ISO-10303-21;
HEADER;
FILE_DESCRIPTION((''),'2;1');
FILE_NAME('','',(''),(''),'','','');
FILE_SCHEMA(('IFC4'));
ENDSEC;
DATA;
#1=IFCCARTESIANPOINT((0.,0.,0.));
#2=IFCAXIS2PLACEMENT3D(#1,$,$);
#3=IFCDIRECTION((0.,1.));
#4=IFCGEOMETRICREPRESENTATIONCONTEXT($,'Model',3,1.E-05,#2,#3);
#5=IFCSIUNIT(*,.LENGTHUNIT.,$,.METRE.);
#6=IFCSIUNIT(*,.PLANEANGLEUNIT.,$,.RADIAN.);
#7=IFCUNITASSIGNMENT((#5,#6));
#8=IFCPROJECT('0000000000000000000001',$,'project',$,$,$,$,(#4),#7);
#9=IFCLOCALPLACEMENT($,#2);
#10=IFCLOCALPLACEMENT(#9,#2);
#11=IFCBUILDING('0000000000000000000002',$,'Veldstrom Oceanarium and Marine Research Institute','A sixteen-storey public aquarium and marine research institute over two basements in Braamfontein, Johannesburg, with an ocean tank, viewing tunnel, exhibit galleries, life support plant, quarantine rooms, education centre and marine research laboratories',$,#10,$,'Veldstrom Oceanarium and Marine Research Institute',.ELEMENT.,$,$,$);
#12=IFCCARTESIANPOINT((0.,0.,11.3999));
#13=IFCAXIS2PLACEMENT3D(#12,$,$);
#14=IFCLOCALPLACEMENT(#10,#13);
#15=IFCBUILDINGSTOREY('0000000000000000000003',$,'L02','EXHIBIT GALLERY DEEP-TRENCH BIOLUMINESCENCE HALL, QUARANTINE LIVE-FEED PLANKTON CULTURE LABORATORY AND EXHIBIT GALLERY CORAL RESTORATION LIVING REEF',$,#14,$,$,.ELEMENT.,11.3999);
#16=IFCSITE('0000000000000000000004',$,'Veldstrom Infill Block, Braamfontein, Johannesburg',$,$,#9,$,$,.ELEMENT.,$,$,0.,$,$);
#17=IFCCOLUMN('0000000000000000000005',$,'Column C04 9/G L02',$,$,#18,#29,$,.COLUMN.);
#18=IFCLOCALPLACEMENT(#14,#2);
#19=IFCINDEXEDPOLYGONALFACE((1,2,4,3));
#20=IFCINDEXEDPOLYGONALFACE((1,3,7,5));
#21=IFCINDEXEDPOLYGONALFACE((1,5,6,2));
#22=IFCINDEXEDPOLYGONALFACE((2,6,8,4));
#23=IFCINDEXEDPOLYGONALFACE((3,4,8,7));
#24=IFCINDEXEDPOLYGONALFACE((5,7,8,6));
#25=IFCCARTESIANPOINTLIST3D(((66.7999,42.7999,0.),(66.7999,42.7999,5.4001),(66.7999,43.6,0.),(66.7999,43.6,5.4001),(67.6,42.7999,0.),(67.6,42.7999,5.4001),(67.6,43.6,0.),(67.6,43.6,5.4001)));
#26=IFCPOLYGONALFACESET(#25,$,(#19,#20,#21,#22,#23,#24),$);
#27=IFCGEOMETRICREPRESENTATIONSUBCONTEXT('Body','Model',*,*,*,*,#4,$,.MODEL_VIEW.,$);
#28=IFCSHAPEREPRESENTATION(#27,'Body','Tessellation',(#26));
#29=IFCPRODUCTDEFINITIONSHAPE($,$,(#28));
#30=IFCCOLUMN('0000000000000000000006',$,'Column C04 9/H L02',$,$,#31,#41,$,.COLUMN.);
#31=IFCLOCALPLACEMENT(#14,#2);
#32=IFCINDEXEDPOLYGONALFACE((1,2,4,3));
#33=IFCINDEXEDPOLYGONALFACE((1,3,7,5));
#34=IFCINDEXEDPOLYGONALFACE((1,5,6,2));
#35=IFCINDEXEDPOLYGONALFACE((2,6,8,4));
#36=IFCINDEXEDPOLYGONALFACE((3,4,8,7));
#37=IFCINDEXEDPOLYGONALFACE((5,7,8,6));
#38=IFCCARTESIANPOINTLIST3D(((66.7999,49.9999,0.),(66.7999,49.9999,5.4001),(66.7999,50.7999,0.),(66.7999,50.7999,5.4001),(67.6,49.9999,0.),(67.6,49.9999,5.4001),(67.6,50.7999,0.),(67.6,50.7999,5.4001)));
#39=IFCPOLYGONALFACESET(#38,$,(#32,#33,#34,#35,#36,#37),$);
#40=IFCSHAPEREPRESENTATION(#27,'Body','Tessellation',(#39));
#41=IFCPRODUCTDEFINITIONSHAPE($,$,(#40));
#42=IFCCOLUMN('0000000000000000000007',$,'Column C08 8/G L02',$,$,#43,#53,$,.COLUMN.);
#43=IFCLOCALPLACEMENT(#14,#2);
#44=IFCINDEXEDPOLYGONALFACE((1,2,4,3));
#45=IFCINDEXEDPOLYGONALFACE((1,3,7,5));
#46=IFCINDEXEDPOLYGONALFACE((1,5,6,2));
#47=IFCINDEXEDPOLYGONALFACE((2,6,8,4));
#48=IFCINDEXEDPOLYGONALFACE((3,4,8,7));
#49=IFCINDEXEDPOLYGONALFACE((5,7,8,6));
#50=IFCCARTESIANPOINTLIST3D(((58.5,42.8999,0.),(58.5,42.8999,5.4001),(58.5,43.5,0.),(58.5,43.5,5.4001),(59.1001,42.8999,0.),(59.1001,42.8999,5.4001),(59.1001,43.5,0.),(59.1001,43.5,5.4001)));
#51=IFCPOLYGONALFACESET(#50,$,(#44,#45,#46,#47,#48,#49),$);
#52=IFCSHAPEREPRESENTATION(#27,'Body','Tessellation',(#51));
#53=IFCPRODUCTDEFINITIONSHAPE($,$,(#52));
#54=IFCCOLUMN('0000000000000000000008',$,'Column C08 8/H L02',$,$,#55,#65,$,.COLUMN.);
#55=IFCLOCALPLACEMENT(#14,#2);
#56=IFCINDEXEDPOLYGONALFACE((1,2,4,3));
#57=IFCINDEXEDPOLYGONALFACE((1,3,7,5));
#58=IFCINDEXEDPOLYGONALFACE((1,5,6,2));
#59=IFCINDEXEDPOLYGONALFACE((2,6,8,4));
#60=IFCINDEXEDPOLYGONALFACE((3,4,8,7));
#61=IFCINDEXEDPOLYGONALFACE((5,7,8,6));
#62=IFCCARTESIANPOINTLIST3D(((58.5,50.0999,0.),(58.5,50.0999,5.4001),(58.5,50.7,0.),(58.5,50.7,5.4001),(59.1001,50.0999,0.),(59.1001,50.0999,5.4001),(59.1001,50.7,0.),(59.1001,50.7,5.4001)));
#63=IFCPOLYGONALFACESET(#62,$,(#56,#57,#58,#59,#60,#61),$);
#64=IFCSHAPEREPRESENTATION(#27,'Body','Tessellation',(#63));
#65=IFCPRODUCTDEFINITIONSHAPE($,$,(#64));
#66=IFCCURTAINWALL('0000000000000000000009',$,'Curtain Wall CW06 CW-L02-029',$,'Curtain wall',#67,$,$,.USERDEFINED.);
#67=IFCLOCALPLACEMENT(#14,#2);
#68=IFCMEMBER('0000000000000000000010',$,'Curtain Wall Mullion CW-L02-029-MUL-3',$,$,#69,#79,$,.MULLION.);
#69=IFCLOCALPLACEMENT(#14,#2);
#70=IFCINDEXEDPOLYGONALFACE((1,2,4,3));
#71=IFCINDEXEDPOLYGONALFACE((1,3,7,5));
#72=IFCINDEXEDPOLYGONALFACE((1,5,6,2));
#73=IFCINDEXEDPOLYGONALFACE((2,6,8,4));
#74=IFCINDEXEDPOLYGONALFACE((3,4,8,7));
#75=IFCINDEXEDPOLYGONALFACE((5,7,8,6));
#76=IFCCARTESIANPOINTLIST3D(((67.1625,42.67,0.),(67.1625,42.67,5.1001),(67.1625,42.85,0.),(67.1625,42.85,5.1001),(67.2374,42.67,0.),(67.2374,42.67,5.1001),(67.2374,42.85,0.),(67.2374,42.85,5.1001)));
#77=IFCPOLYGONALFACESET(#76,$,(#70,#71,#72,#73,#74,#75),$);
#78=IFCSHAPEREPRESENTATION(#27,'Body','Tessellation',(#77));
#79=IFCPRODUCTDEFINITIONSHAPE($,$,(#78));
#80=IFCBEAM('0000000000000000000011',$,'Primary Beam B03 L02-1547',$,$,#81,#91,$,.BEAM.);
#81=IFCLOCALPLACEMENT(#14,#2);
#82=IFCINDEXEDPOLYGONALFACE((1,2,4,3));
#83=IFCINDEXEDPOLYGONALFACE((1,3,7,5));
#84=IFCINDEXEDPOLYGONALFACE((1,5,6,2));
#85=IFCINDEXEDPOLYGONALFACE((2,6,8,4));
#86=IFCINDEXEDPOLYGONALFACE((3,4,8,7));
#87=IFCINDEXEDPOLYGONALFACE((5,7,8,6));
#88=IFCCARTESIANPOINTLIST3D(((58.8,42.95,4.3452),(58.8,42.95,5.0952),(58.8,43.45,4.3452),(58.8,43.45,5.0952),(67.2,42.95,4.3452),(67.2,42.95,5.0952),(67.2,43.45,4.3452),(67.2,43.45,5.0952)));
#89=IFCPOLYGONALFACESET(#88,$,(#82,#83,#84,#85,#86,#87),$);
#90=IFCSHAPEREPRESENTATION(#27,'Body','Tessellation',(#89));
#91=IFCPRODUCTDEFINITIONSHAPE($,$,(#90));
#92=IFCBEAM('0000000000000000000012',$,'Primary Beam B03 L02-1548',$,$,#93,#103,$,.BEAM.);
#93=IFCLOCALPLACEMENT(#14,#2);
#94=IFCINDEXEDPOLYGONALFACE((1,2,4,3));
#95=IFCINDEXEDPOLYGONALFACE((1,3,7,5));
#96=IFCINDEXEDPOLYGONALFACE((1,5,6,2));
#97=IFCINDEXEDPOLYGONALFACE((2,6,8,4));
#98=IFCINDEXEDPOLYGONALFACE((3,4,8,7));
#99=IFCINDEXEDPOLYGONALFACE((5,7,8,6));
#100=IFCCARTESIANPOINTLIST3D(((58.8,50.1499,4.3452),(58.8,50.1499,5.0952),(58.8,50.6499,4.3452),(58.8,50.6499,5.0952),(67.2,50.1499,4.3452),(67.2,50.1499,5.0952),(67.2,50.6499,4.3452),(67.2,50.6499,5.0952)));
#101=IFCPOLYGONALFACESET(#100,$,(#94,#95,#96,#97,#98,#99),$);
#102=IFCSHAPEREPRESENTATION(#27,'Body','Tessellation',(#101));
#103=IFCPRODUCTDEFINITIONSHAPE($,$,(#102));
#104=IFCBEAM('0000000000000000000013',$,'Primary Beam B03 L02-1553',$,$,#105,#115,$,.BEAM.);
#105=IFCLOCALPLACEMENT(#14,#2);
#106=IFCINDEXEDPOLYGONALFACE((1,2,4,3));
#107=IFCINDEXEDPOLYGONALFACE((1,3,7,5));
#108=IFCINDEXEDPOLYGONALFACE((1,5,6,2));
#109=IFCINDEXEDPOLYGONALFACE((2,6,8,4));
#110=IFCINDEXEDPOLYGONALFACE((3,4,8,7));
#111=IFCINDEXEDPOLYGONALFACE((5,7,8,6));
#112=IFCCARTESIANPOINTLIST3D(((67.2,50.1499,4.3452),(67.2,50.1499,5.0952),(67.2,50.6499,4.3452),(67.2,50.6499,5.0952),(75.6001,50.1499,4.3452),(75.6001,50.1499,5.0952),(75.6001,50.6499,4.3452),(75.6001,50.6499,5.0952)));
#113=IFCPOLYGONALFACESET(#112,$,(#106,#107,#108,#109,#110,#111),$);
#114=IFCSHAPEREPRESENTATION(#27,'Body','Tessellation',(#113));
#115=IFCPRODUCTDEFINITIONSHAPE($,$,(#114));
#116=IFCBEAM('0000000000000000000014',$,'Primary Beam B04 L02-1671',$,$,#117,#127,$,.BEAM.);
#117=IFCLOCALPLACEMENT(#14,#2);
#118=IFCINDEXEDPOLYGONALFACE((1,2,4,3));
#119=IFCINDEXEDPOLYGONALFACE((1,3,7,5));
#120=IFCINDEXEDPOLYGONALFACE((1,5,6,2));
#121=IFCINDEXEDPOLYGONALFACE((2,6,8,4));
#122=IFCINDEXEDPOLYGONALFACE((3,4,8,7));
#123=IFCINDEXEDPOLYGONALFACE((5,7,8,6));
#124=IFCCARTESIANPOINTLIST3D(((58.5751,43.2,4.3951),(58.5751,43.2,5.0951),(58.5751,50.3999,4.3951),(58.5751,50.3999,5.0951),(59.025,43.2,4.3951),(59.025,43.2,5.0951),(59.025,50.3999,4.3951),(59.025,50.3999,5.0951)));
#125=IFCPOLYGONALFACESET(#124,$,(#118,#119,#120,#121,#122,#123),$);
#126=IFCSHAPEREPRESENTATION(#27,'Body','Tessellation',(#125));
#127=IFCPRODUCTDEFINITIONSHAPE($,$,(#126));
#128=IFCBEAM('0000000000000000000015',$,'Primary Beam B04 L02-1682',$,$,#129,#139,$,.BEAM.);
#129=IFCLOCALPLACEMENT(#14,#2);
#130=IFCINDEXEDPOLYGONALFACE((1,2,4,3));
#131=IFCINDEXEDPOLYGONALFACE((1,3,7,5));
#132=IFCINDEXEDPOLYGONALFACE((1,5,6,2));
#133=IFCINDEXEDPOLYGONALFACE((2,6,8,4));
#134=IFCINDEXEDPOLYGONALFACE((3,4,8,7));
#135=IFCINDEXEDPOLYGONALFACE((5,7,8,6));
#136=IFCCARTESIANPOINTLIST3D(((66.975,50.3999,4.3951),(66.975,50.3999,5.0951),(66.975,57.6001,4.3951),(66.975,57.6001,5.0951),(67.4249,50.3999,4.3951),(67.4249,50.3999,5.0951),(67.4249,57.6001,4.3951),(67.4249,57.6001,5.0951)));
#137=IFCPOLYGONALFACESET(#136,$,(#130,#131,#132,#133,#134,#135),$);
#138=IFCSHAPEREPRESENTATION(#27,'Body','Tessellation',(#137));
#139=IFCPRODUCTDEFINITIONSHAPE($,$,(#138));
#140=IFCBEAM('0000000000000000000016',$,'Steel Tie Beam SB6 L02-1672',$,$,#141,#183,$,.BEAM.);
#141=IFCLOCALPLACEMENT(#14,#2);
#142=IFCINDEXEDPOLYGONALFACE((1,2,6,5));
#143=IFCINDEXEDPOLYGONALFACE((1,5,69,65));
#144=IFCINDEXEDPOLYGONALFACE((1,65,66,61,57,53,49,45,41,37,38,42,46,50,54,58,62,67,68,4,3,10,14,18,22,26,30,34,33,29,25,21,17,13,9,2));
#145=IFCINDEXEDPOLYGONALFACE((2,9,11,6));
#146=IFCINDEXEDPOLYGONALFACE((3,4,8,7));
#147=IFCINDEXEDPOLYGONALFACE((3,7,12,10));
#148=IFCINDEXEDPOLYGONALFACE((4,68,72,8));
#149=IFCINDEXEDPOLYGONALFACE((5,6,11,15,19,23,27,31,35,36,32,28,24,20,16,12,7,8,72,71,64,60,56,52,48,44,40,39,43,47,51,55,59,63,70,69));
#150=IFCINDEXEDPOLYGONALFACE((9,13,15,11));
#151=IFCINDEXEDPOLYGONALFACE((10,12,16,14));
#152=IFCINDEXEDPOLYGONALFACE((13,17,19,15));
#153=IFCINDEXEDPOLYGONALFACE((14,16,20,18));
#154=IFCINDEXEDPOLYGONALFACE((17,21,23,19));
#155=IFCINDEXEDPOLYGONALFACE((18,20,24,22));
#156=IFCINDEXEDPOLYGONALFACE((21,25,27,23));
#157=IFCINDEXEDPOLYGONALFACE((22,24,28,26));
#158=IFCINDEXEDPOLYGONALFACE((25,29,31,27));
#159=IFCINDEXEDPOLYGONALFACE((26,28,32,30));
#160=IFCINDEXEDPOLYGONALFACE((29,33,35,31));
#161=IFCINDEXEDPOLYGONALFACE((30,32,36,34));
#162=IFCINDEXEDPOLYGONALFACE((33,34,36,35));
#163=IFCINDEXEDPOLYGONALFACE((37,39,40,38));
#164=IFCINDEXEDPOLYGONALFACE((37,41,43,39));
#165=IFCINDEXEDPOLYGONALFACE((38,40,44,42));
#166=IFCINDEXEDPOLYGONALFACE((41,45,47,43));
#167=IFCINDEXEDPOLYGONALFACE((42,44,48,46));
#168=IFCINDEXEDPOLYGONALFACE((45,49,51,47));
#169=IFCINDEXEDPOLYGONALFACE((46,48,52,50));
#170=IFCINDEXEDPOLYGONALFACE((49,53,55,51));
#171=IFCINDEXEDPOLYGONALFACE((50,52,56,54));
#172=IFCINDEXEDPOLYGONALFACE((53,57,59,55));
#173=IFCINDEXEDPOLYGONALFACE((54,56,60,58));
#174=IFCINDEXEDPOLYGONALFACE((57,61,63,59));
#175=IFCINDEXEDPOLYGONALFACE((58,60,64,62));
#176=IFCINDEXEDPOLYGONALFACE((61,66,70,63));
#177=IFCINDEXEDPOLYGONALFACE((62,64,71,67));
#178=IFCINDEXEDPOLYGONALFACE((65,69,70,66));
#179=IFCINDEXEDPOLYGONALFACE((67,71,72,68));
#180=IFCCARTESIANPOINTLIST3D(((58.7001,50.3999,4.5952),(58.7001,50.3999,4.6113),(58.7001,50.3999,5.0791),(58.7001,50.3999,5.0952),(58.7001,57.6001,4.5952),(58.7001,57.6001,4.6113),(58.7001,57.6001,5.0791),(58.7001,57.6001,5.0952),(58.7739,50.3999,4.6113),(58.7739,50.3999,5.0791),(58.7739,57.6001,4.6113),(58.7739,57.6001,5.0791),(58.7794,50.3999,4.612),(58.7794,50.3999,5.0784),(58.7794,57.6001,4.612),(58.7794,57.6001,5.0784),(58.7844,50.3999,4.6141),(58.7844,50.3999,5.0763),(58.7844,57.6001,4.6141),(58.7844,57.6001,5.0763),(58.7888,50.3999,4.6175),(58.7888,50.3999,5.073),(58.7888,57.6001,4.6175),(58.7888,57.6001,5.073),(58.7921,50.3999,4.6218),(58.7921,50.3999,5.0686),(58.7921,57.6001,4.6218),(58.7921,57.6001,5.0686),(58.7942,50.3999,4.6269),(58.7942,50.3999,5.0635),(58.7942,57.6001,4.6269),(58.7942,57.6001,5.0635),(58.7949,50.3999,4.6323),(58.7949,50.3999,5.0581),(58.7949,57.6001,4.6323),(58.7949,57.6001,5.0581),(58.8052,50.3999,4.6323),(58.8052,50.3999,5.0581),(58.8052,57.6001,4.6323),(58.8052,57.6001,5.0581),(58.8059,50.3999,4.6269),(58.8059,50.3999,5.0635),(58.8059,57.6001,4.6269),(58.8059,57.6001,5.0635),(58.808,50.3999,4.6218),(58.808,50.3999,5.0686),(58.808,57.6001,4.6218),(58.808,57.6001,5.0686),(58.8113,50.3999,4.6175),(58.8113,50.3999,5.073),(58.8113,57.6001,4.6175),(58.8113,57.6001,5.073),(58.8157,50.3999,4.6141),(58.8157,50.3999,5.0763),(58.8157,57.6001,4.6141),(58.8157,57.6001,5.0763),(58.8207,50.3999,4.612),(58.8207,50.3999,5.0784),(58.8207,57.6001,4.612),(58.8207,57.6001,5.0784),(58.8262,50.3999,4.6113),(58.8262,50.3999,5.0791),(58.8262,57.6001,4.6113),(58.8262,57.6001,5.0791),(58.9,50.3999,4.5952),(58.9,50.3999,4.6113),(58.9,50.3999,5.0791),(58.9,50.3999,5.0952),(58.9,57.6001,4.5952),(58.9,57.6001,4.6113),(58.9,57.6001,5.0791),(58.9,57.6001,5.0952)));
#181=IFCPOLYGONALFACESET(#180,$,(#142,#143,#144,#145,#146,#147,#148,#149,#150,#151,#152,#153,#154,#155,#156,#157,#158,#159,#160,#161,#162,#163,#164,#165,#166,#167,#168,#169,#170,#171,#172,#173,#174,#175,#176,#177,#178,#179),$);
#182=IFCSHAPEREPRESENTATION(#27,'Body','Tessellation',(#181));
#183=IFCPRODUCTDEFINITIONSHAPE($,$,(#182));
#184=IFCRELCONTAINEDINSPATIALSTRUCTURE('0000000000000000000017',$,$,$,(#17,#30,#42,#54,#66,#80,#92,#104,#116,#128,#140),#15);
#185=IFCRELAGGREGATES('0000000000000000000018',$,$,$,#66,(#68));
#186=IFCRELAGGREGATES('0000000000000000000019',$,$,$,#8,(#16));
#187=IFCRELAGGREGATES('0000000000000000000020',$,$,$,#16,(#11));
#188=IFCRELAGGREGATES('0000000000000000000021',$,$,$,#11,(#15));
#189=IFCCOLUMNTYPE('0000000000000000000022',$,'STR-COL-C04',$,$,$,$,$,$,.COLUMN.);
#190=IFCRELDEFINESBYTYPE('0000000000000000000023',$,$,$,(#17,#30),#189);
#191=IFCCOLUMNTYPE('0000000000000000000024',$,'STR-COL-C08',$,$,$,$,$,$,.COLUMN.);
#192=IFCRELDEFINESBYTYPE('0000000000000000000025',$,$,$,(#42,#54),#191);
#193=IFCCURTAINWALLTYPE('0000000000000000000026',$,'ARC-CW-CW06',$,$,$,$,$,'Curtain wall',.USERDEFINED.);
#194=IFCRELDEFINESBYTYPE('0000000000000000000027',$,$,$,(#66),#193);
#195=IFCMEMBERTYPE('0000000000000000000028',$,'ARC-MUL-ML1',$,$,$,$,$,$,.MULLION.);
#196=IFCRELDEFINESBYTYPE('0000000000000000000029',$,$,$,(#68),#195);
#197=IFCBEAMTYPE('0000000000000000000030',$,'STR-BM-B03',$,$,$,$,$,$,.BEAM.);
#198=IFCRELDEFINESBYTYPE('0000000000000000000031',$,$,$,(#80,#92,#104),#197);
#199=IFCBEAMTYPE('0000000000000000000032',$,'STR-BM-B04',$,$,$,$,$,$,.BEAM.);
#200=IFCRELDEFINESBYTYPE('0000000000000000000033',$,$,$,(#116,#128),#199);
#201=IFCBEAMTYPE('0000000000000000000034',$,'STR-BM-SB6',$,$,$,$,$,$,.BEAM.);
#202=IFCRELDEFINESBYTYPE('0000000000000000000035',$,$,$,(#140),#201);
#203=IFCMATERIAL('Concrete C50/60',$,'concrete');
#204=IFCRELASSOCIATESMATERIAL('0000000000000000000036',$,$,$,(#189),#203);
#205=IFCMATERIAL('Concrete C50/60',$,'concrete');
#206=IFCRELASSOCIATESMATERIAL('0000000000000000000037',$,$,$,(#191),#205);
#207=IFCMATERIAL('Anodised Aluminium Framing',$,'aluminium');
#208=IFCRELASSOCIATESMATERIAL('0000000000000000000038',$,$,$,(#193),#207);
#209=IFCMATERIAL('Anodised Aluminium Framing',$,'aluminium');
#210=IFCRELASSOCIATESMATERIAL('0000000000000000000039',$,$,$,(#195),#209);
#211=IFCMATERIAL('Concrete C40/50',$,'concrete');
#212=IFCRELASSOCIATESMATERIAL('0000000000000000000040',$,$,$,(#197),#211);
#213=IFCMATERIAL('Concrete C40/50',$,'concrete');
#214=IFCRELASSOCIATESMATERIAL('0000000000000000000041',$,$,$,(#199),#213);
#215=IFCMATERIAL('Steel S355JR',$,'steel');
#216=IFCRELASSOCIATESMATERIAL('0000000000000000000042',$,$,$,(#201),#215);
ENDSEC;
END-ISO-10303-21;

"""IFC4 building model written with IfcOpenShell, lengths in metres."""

from ifc_helpers import new_model, si_unit, direction, frame, origin, origin_2d, place, context, subcontext, project, spatial, rectangle, i_section, extrude, material, material_profile, profile_set, type_object, element, aggregate, save


model = new_model("IFC4")

# Units and contexts
model_context = context("Model", 3, precision=1e-05, world=origin(), true_north=direction((0.0, 1.0)))
body_context = subcontext(model_context, "Body", "Model", "MODEL_VIEW")
ifc_project = project(units=[si_unit("LENGTHUNIT", "METRE"), si_unit("PLANEANGLEUNIT", "RADIAN")], contexts=[model_context])

# Site, building, storey
site_placement = place(None, origin())
site = spatial("IfcSite", under=ifc_project, at=site_placement, Name="Veldstrom Infill Block, Braamfontein, Johannesburg", CompositionType="ELEMENT", RefElevation=0.0)
building_placement = place(site_placement, origin())
building = spatial("IfcBuilding", under=site, at=building_placement, Name="Veldstrom Oceanarium and Marine Research Institute", Description="A sixteen-storey public aquarium and marine research institute over two basements in Braamfontein, Johannesburg, with an ocean tank, viewing tunnel, exhibit galleries, life support plant, quarantine rooms, education centre and marine research laboratories", LongName="Veldstrom Oceanarium and Marine Research Institute", CompositionType="ELEMENT")
storey_placement = place(building_placement, frame((0.0, 0.0, 11.3999)))
storey = spatial("IfcBuildingStorey", under=building, at=storey_placement, Name="L02", Description="EXHIBIT GALLERY DEEP-TRENCH BIOLUMINESCENCE HALL, QUARANTINE LIVE-FEED PLANKTON CULTURE LABORATORY AND EXHIBIT GALLERY CORAL RESTORATION LIVING REEF", CompositionType="ELEMENT", Elevation=11.3999)

# Columns
ifc_material_1 = material(Name="Concrete C50/60", Category="concrete")
ifc_material_profile_1 = material_profile(ifc_material_1, rectangle(XDim=0.8, YDim=0.8, at=origin_2d()), Name="RC-COL-800x800")
ifc_profile_set_1 = profile_set([ifc_material_profile_1], Name="Concrete C50/60")
column_type_1 = type_object("IfcColumnType", Name="STR-COL-C04", PredefinedType="COLUMN", material=ifc_profile_set_1)
for number, where, z_axis, x_axis, name in (
    (1, (67.2, 43.2, 0.0), (0.0, 0.0, 1.0), (1.0, 0.0, 0.0), "Column C04 9/G L02"),
    (2, (67.2, 50.3999, 0.0), (0.0, 0.0, 1.0), (1.0, 0.0, 0.0), "Column C04 9/H L02"),
):
    element("IfcColumn", number, at=place(storey_placement, frame(where, z_axis=z_axis, x_axis=x_axis)), inside=storey, type_object=column_type_1, Name=name, PredefinedType="COLUMN", context=body_context, shape_type="SweptSolid", body=[
        extrude(rectangle(XDim=0.8, YDim=0.8, at=origin_2d()), origin(), (0.0, 0.0, 1.0), 5.4001),
    ])
ifc_material_2 = material(Name="Concrete C50/60", Category="concrete")
ifc_material_profile_2 = material_profile(ifc_material_2, rectangle(XDim=0.6001, YDim=0.6001, at=origin_2d()), Name="RC-COL-600x600")
ifc_profile_set_2 = profile_set([ifc_material_profile_2], Name="Concrete C50/60")
column_type_2 = type_object("IfcColumnType", Name="STR-COL-C08", PredefinedType="COLUMN", material=ifc_profile_set_2)
for number, where, z_axis, x_axis, name in (
    (3, (58.8, 43.2, 0.0), (0.0, 0.0, 1.0), (1.0, 0.0, 0.0), "Column C08 8/G L02"),
    (4, (58.8, 50.3999, 0.0), (0.0, 0.0, 1.0), (1.0, 0.0, 0.0), "Column C08 8/H L02"),
):
    element("IfcColumn", number, at=place(storey_placement, frame(where, z_axis=z_axis, x_axis=x_axis)), inside=storey, type_object=column_type_2, Name=name, PredefinedType="COLUMN", context=body_context, shape_type="SweptSolid", body=[
        extrude(rectangle(XDim=0.6001, YDim=0.6001, at=origin_2d()), origin(), (0.0, 0.0, 1.0), 5.4001),
    ])

# Curtain wall, member
ifc_material_3 = material(Name="Anodised Aluminium Framing", Category="aluminium")
curtain_wall_type = type_object("IfcCurtainWallType", Name="ARC-CW-CW06", ElementType="Curtain wall", PredefinedType="USERDEFINED", material=ifc_material_3)
curtain_wall_placement = place(storey_placement, origin())
curtain_wall = element("IfcCurtainWall", 5, at=curtain_wall_placement, inside=storey, type_object=curtain_wall_type, Name="Curtain Wall CW06 CW-L02-029", ObjectType="Curtain wall", PredefinedType="USERDEFINED")
ifc_material_4 = material(Name="Anodised Aluminium Framing", Category="aluminium")
ifc_material_profile_3 = material_profile(ifc_material_4, rectangle(XDim=0.075, YDim=0.1799, at=origin_2d()), Name="ALU-MUL-75x180")
ifc_profile_set_3 = profile_set([ifc_material_profile_3], Name="Anodised Aluminium Framing")
member_type = type_object("IfcMemberType", Name="ARC-MUL-ML1", PredefinedType="MULLION", material=ifc_profile_set_3)
member_placement = place(storey_placement, frame((67.2, 42.76, 0.0), z_axis=(0.0, 0.0, 1.0), x_axis=(1.0, 0.0, 0.0)))
member = element("IfcMember", 6, at=member_placement, type_object=member_type, Name="Curtain Wall Mullion CW-L02-029-MUL-3", PredefinedType="MULLION", context=body_context, shape_type="SweptSolid", body=[
    extrude(rectangle(XDim=0.075, YDim=0.1799, at=origin_2d()), origin(), (0.0, 0.0, 1.0), 5.1001),
])
aggregate(curtain_wall, [member])

# Beams
ifc_material_5 = material(Name="Concrete C40/50", Category="concrete")
ifc_material_profile_4 = material_profile(ifc_material_5, rectangle(XDim=0.5, YDim=0.75, at=origin_2d()), Name="RC-BM-500x750")
ifc_profile_set_4 = profile_set([ifc_material_profile_4], Name="Concrete C40/50")
beam_type_1 = type_object("IfcBeamType", Name="STR-BM-B03", PredefinedType="BEAM", material=ifc_profile_set_4)
for number, where, z_axis, x_axis, name in (
    (7, (58.8, 43.2, 4.7202), (1.0, 0.0, 0.0), (0.0, 1.0, 0.0), "Primary Beam B03 L02-1547"),
    (8, (58.8, 50.3999, 4.7202), (1.0, 0.0, 0.0), (0.0, 1.0, 0.0), "Primary Beam B03 L02-1548"),
):
    element("IfcBeam", number, at=place(storey_placement, frame(where, z_axis=z_axis, x_axis=x_axis)), inside=storey, type_object=beam_type_1, Name=name, PredefinedType="BEAM", context=body_context, shape_type="SweptSolid", body=[
        extrude(rectangle(XDim=0.5, YDim=0.75, at=origin_2d()), origin(), (0.0, 0.0, 1.0), 8.3999),
    ])
beam_1_placement = place(storey_placement, frame((67.2, 50.3999, 4.7202), z_axis=(1.0, 0.0, 0.0), x_axis=(0.0, 1.0, 0.0)))
element("IfcBeam", 9, at=beam_1_placement, inside=storey, type_object=beam_type_1, Name="Primary Beam B03 L02-1553", PredefinedType="BEAM", context=body_context, shape_type="SweptSolid", body=[
    extrude(rectangle(XDim=0.5, YDim=0.75, at=origin_2d()), origin(), (0.0, 0.0, 1.0), 8.4001),
])
ifc_material_6 = material(Name="Concrete C40/50", Category="concrete")
ifc_material_profile_5 = material_profile(ifc_material_6, rectangle(XDim=0.45, YDim=0.7, at=origin_2d()), Name="RC-BM-450x700")
ifc_profile_set_5 = profile_set([ifc_material_profile_5], Name="Concrete C40/50")
beam_type_2 = type_object("IfcBeamType", Name="STR-BM-B04", PredefinedType="BEAM", material=ifc_profile_set_5)
beam_2_placement = place(storey_placement, frame((58.8, 43.2, 4.7451), z_axis=(0.0, 1.0, 0.0), x_axis=(-1.0, 0.0, 0.0)))
element("IfcBeam", 10, at=beam_2_placement, inside=storey, type_object=beam_type_2, Name="Primary Beam B04 L02-1671", PredefinedType="BEAM", context=body_context, shape_type="SweptSolid", body=[
    extrude(rectangle(XDim=0.45, YDim=0.7, at=origin_2d()), origin(), (0.0, 0.0, 1.0), 7.2),
])
beam_3_placement = place(storey_placement, frame((67.2, 50.3999, 4.7451), z_axis=(0.0, 1.0, 0.0), x_axis=(-1.0, 0.0, 0.0)))
element("IfcBeam", 11, at=beam_3_placement, inside=storey, type_object=beam_type_2, Name="Primary Beam B04 L02-1682", PredefinedType="BEAM", context=body_context, shape_type="SweptSolid", body=[
    extrude(rectangle(XDim=0.45, YDim=0.7, at=origin_2d()), origin(), (0.0, 0.0, 1.0), 7.2002),
])
ifc_material_7 = material(Name="Steel S355JR", Category="steel")
ifc_material_profile_6 = material_profile(ifc_material_7, i_section(OverallWidth=0.2, OverallDepth=0.5, WebThickness=0.0103, FlangeThickness=0.0161, FilletRadius=0.021, at=origin_2d()), Name="IPE 500")
ifc_profile_set_6 = profile_set([ifc_material_profile_6], Name="Steel S355JR")
beam_type_3 = type_object("IfcBeamType", Name="STR-BM-SB6", PredefinedType="BEAM", material=ifc_profile_set_6)
beam_4_placement = place(storey_placement, frame((58.8, 50.3999, 4.8452), z_axis=(0.0, 1.0, 0.0), x_axis=(-1.0, 0.0, 0.0)))
element("IfcBeam", 12, at=beam_4_placement, inside=storey, type_object=beam_type_3, Name="Steel Tie Beam SB6 L02-1672", PredefinedType="BEAM", context=body_context, shape_type="SweptSolid", body=[
    extrude(i_section(OverallWidth=0.2, OverallDepth=0.5, WebThickness=0.0103, FlangeThickness=0.0161, FilletRadius=0.021, at=origin_2d()), origin(), (0.0, 0.0, 1.0), 7.2002),
])

save(model, "model.ifc")
